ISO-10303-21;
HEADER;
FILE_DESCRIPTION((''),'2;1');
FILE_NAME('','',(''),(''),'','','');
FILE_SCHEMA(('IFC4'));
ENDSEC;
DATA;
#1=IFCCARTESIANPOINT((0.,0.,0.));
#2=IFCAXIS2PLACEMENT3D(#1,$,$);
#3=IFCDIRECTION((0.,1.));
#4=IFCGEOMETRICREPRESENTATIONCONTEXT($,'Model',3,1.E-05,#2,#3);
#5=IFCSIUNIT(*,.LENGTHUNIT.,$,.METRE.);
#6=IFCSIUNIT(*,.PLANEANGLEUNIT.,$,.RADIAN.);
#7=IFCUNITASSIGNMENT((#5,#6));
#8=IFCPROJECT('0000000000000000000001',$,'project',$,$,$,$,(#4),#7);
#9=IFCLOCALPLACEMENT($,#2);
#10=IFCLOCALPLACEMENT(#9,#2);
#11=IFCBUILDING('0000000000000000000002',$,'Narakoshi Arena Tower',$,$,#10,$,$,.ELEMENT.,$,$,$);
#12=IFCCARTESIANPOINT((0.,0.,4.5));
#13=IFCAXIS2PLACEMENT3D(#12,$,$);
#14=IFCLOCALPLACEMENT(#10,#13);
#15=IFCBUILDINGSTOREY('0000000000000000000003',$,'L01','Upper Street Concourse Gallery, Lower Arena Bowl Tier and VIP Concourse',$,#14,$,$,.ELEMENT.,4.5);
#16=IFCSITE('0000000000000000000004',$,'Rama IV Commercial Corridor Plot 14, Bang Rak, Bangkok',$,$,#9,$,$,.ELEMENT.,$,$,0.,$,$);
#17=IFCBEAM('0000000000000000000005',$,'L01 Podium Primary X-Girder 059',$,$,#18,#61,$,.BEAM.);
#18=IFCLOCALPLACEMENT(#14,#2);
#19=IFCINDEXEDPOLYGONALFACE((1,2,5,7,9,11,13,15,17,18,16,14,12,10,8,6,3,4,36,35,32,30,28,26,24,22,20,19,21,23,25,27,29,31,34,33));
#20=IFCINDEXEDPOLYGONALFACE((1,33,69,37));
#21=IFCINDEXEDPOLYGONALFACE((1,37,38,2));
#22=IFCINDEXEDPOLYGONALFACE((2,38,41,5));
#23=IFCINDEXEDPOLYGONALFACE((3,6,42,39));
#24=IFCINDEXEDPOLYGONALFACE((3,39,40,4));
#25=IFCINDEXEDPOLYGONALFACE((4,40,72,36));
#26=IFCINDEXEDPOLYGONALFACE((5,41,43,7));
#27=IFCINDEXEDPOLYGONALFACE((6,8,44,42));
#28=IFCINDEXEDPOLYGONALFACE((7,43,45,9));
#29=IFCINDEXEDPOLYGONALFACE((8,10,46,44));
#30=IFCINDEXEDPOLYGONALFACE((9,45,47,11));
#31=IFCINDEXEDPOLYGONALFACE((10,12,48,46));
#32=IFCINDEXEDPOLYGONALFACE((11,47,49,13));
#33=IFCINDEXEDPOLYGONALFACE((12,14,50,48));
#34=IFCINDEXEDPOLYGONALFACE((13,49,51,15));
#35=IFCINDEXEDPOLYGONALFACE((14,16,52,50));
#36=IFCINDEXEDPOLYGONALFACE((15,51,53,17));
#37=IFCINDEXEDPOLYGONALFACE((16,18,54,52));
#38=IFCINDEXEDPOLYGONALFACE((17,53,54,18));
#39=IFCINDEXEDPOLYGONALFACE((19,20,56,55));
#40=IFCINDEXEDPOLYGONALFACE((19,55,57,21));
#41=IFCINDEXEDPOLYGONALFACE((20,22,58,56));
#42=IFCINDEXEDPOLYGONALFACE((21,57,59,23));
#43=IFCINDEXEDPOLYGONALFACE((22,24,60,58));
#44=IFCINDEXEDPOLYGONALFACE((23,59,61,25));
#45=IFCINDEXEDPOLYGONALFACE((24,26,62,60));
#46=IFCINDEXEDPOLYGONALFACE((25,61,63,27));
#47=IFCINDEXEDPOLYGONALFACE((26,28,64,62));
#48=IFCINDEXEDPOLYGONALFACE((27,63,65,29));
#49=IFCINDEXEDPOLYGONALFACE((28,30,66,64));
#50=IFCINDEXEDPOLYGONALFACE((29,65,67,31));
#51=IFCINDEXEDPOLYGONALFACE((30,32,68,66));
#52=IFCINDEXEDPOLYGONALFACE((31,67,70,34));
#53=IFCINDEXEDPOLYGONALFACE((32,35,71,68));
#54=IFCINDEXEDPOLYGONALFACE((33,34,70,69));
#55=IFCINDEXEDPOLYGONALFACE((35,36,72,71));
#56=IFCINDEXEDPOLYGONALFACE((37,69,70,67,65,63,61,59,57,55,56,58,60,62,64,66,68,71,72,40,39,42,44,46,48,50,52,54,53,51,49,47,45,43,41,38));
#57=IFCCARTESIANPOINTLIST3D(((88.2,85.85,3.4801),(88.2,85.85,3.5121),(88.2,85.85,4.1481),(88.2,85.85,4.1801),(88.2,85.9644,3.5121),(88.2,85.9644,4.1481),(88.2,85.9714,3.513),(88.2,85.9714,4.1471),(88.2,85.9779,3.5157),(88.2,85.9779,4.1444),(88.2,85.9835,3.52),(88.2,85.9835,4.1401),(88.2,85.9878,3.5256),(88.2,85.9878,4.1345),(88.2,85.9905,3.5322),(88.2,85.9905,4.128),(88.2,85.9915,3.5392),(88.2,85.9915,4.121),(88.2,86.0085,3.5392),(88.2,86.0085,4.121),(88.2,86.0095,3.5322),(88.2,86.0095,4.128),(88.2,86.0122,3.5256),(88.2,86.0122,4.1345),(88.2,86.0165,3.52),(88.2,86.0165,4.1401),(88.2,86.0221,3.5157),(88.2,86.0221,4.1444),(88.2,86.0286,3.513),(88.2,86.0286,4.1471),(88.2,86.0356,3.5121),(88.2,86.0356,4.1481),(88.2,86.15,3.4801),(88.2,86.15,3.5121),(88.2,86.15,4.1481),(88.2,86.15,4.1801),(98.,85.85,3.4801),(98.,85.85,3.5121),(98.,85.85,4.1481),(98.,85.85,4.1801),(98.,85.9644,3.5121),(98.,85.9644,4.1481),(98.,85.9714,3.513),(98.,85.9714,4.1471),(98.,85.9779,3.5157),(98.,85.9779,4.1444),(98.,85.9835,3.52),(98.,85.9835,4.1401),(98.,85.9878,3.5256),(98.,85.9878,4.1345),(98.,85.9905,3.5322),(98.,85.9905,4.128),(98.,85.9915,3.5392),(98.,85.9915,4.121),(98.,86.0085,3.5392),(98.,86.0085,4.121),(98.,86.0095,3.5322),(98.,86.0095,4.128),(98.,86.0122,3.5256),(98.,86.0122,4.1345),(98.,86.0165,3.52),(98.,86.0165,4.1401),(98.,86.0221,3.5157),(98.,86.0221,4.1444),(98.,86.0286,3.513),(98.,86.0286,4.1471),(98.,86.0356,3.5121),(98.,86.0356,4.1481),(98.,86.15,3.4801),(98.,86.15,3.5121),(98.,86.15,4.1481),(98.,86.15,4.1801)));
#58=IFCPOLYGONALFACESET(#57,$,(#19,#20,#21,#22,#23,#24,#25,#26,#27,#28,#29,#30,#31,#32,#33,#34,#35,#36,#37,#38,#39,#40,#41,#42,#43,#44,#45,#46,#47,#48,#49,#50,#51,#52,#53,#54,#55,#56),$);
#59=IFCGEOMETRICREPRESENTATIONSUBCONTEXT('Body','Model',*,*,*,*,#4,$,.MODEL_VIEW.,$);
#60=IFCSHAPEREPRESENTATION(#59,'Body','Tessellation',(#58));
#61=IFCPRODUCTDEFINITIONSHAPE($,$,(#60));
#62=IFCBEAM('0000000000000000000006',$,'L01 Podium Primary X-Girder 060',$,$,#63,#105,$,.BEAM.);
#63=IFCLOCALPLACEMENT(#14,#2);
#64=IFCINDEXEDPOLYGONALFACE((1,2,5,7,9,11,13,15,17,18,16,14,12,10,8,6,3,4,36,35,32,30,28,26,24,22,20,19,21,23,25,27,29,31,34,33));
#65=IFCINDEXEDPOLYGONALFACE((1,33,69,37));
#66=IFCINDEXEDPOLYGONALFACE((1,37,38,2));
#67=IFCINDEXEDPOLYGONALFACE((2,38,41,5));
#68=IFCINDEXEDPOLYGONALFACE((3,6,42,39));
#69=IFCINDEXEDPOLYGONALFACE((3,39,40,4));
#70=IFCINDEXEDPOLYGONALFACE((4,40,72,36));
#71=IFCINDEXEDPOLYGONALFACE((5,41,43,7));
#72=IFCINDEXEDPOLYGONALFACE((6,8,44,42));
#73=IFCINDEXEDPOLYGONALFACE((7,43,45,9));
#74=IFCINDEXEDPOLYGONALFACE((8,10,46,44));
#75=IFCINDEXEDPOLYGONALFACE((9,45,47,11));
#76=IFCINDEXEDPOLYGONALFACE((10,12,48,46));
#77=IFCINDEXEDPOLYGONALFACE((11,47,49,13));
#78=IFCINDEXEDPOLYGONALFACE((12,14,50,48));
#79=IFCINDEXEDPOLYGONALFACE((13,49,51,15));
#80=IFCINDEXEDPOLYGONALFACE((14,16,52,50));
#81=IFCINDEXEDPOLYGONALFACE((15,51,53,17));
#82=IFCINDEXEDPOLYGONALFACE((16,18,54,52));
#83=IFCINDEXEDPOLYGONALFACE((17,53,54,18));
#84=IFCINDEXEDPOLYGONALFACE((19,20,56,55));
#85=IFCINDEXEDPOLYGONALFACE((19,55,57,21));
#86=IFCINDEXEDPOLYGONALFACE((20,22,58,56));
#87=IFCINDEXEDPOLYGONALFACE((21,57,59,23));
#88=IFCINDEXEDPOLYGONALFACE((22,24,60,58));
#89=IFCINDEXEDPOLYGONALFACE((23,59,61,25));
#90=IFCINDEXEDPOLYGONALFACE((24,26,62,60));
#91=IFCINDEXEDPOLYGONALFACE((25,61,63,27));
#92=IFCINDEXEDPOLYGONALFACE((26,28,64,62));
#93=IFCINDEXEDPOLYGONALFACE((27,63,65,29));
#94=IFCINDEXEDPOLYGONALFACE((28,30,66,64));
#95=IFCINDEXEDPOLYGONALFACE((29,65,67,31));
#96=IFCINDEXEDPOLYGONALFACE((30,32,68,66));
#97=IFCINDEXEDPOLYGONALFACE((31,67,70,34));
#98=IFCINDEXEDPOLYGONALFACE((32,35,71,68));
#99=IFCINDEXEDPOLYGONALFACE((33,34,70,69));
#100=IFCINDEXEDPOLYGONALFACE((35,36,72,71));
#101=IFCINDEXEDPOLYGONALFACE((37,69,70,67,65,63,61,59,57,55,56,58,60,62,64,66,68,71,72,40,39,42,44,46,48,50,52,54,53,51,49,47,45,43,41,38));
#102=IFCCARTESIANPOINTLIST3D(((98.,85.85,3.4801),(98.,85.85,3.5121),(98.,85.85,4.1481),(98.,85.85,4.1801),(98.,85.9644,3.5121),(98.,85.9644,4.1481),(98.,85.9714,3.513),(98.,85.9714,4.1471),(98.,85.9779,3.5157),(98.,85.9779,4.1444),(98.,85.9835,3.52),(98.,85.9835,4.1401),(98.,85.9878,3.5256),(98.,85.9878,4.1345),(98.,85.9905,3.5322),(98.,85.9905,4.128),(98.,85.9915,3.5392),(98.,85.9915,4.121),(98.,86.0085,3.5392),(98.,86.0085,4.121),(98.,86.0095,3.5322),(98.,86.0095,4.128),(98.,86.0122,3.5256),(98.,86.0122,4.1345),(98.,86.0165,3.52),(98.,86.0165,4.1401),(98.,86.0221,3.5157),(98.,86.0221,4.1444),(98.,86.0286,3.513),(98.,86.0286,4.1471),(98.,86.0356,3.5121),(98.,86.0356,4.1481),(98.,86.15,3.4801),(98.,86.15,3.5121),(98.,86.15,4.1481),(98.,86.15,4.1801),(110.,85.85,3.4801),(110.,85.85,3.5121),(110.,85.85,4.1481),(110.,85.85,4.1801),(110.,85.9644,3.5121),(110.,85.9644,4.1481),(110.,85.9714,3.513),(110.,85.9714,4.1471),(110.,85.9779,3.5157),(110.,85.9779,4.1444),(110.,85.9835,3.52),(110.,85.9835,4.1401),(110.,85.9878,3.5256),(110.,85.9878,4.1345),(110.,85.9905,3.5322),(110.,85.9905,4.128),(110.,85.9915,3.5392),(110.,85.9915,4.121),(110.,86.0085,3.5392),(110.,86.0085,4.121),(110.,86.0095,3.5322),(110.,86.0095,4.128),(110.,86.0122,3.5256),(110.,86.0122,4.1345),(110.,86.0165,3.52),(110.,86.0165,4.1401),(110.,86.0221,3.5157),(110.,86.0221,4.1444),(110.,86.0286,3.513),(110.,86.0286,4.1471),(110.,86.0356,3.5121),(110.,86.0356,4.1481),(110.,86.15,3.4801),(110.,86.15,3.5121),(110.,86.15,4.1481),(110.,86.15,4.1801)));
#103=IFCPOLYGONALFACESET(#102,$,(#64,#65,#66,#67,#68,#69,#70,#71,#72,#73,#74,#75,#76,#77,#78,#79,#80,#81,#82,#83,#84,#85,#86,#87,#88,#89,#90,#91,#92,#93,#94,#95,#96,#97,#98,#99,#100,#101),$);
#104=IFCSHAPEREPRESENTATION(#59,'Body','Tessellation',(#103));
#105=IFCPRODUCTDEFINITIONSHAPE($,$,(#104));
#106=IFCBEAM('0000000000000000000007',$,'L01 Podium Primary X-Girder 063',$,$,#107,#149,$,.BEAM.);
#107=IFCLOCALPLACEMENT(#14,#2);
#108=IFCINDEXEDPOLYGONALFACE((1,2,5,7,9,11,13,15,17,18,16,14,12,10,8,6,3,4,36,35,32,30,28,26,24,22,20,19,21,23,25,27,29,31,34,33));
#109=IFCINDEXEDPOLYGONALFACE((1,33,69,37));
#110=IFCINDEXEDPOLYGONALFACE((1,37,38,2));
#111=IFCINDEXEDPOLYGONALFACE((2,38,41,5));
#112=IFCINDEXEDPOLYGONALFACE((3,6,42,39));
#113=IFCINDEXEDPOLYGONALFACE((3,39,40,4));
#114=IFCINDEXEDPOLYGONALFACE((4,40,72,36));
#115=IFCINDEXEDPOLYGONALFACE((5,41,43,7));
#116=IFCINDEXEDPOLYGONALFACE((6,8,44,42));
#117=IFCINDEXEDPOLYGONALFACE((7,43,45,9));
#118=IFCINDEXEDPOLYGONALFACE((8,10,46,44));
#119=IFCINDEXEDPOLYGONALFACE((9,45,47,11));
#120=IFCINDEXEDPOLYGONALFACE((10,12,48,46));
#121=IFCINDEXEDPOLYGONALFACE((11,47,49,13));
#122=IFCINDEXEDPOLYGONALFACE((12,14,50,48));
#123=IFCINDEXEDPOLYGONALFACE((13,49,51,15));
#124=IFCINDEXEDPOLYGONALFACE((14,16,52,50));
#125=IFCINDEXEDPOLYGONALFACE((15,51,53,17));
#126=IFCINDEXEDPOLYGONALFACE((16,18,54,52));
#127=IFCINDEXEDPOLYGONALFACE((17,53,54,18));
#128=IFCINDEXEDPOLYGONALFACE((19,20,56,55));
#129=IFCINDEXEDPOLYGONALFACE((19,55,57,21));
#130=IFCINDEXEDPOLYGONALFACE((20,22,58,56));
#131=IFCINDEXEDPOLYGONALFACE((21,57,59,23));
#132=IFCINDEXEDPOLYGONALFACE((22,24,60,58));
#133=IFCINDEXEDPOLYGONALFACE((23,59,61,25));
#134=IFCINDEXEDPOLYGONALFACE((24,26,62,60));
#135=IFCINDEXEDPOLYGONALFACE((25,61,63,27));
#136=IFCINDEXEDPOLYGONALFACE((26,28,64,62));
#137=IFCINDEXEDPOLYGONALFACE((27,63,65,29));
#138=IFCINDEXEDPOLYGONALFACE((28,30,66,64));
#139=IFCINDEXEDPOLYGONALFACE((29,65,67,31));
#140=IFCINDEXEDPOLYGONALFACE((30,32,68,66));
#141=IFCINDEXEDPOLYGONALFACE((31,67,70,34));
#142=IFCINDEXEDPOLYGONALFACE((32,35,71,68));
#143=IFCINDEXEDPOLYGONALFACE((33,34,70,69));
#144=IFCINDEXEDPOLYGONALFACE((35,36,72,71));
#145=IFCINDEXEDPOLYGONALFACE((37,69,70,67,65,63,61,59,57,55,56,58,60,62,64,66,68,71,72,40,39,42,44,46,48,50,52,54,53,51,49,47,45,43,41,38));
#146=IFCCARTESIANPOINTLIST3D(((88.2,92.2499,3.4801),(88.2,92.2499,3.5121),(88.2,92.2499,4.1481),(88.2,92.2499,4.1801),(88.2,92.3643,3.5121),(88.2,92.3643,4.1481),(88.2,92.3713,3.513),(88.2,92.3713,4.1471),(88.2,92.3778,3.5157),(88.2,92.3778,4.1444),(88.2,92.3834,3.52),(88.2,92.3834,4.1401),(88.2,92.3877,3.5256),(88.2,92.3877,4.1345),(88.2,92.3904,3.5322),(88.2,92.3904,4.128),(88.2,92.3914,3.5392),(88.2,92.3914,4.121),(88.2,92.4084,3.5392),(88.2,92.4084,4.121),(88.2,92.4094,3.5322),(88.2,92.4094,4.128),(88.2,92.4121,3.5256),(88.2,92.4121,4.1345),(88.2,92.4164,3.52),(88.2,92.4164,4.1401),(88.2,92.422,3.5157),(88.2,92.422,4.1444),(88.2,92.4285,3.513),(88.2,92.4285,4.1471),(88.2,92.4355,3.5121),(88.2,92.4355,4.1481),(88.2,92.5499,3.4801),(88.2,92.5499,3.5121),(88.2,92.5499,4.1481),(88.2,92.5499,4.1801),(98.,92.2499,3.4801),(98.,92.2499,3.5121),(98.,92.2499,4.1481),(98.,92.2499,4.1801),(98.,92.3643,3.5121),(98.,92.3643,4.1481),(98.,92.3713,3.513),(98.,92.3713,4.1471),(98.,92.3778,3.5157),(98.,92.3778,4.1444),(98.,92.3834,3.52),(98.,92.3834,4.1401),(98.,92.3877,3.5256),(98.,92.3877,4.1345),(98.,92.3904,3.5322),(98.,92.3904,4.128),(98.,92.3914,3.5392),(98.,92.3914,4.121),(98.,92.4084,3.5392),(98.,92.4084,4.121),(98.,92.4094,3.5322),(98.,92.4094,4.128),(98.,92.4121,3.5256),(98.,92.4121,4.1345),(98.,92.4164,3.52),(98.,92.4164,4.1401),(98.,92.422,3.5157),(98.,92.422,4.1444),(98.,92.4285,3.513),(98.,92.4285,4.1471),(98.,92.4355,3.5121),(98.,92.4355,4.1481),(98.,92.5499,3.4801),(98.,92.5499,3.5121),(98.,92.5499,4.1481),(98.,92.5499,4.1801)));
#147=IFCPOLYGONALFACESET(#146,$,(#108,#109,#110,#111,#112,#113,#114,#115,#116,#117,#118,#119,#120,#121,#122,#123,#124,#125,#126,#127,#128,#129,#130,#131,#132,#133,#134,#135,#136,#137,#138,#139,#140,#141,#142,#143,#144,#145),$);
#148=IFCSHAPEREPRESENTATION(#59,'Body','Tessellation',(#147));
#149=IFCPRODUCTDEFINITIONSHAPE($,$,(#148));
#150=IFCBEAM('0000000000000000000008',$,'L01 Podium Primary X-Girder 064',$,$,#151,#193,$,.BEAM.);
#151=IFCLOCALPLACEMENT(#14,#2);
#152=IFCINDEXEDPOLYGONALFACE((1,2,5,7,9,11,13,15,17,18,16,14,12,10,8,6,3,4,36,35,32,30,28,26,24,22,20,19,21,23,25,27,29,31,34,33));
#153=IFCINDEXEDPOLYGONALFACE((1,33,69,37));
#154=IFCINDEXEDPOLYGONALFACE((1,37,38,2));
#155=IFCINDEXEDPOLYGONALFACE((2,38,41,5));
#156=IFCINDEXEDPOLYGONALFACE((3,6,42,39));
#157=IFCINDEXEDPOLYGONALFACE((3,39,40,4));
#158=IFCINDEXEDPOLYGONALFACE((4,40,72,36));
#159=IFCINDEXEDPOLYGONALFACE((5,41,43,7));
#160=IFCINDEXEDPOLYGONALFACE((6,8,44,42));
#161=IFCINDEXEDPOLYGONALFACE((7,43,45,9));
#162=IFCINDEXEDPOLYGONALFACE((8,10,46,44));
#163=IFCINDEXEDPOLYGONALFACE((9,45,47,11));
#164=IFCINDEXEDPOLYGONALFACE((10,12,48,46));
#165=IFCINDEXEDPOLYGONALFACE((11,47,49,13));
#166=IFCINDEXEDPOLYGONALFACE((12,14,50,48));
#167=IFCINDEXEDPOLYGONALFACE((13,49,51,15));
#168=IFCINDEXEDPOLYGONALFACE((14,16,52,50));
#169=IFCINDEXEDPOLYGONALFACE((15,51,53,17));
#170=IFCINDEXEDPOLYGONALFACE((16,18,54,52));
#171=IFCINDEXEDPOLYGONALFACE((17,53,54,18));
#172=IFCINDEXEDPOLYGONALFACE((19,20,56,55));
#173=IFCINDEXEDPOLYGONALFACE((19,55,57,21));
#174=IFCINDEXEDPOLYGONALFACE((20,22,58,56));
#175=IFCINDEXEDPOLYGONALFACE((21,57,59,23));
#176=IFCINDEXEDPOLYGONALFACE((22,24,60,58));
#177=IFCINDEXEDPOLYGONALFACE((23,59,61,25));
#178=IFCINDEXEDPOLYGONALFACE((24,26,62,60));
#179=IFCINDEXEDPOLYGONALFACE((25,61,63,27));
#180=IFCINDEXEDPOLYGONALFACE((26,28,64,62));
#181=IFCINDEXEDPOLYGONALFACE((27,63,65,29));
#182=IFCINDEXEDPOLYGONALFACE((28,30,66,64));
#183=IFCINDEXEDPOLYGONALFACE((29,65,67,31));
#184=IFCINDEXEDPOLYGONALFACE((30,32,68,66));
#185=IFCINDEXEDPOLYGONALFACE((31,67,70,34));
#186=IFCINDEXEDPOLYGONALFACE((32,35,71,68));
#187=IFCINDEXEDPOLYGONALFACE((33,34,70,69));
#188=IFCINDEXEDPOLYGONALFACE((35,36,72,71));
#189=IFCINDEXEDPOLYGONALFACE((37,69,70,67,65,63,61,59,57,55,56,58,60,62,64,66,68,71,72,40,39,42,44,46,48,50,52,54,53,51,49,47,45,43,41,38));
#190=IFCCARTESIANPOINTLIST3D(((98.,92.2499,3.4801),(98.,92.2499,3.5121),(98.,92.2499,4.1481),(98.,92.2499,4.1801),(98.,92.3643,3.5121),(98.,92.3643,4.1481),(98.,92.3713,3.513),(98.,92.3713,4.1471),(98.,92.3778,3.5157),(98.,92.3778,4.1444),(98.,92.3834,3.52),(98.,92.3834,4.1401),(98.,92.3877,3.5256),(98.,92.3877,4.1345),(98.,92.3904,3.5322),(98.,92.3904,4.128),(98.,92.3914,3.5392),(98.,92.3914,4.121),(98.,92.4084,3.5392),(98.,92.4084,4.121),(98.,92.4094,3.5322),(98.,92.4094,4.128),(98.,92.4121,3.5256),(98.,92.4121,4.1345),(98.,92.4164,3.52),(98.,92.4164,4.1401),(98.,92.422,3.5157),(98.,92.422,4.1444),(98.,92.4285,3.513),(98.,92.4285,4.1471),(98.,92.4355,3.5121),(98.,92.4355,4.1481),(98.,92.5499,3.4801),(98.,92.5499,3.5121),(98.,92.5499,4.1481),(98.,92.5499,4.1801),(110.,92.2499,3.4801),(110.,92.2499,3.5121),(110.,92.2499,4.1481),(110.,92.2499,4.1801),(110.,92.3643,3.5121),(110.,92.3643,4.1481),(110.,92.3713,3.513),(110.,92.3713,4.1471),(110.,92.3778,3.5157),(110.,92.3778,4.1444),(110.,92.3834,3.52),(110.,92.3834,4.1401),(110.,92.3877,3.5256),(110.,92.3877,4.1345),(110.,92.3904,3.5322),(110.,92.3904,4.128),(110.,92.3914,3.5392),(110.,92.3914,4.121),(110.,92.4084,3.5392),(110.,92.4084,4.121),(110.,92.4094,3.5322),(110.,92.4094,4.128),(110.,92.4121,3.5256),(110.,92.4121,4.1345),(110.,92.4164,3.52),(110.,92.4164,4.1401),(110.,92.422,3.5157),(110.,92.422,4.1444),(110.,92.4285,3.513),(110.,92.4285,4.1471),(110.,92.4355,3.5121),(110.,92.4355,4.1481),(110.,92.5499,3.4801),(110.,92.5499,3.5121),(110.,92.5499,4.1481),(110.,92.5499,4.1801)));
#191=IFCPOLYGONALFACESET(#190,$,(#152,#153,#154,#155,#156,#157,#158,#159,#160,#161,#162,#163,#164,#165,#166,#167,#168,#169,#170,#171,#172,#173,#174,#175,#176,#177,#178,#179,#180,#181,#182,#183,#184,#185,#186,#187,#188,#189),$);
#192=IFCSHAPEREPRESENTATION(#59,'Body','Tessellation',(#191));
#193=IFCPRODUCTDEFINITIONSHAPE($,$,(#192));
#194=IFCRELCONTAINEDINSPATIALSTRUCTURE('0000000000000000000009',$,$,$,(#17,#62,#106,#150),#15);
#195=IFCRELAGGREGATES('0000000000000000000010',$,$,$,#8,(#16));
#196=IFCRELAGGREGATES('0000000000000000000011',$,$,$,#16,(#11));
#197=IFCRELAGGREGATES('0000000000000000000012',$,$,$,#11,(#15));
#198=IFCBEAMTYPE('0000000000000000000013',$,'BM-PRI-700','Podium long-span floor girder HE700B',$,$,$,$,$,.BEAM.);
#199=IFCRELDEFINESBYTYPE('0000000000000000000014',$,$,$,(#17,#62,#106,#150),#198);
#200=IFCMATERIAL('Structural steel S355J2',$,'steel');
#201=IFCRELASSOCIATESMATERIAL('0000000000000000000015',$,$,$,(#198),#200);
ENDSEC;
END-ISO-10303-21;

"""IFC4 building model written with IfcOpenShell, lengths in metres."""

from ifc_helpers import new_model, si_unit, direction, frame, origin, origin_2d, place, context, subcontext, project, spatial, i_section, extrude, material, material_profile, profile_set, type_object, element, save


model = new_model("IFC4")

# Units and contexts
model_context = context("Model", 3, precision=1e-05, world=origin(), true_north=direction((0.0, 1.0)))
body_context = subcontext(model_context, "Body", "Model", "MODEL_VIEW")
ifc_project = project(units=[si_unit("LENGTHUNIT", "METRE"), si_unit("PLANEANGLEUNIT", "RADIAN")], contexts=[model_context])

# Site, building, storey
site_placement = place(None, origin())
site = spatial("IfcSite", under=ifc_project, at=site_placement, Name="Rama IV Commercial Corridor Plot 14, Bang Rak, Bangkok", CompositionType="ELEMENT", RefElevation=0.0)
building_placement = place(site_placement, origin())
building = spatial("IfcBuilding", under=site, at=building_placement, Name="Narakoshi Arena Tower", CompositionType="ELEMENT")
storey_placement = place(building_placement, frame((0.0, 0.0, 4.5)))
storey = spatial("IfcBuildingStorey", under=building, at=storey_placement, Name="L01", Description="Upper Street Concourse Gallery, Lower Arena Bowl Tier and VIP Concourse", CompositionType="ELEMENT", Elevation=4.5)

# Beams
ifc_material_1 = material(Name="Structural steel S355J2", Category="steel")
ifc_material_profile_1 = material_profile(ifc_material_1, i_section(OverallWidth=0.3, OverallDepth=0.7, WebThickness=0.0171, FlangeThickness=0.032, FilletRadius=0.0271, at=origin_2d()), Name="HE700B")
ifc_profile_set_1 = profile_set([ifc_material_profile_1], Name="Structural steel S355J2")
beam_type_1 = type_object("IfcBeamType", Name="BM-PRI-700", Description="Podium long-span floor girder HE700B", PredefinedType="BEAM", material=ifc_profile_set_1)
beam_1_placement = place(storey_placement, frame((88.2, 86.0, 3.8301), z_axis=(1.0, 0.0, 0.0), x_axis=(0.0, 1.0, 0.0)))
element("IfcBeam", 1, at=beam_1_placement, inside=storey, type_object=beam_type_1, Name="L01 Podium Primary X-Girder 059", PredefinedType="BEAM", context=body_context, shape_type="SweptSolid", body=[
    extrude(i_section(OverallWidth=0.3, OverallDepth=0.7, WebThickness=0.0171, FlangeThickness=0.032, FilletRadius=0.0271, at=origin_2d()), origin(), (0.0, 0.0, 1.0), 9.8),
])
beam_2_placement = place(storey_placement, frame((98.0, 86.0, 3.8301), z_axis=(1.0, 0.0, 0.0), x_axis=(0.0, 1.0, 0.0)))
element("IfcBeam", 2, at=beam_2_placement, inside=storey, type_object=beam_type_1, Name="L01 Podium Primary X-Girder 060", PredefinedType="BEAM", context=body_context, shape_type="SweptSolid", body=[
    extrude(i_section(OverallWidth=0.3, OverallDepth=0.7, WebThickness=0.0171, FlangeThickness=0.032, FilletRadius=0.0271, at=origin_2d()), origin(), (0.0, 0.0, 1.0), 12.0),
])
beam_3_placement = place(storey_placement, frame((88.2, 92.3999, 3.8301), z_axis=(1.0, 0.0, 0.0), x_axis=(0.0, 1.0, 0.0)))
element("IfcBeam", 3, at=beam_3_placement, inside=storey, type_object=beam_type_1, Name="L01 Podium Primary X-Girder 063", PredefinedType="BEAM", context=body_context, shape_type="SweptSolid", body=[
    extrude(i_section(OverallWidth=0.3, OverallDepth=0.7, WebThickness=0.0171, FlangeThickness=0.032, FilletRadius=0.0271, at=origin_2d()), origin(), (0.0, 0.0, 1.0), 9.8),
])
beam_4_placement = place(storey_placement, frame((98.0, 92.3999, 3.8301), z_axis=(1.0, 0.0, 0.0), x_axis=(0.0, 1.0, 0.0)))
element("IfcBeam", 4, at=beam_4_placement, inside=storey, type_object=beam_type_1, Name="L01 Podium Primary X-Girder 064", PredefinedType="BEAM", context=body_context, shape_type="SweptSolid", body=[
    extrude(i_section(OverallWidth=0.3, OverallDepth=0.7, WebThickness=0.0171, FlangeThickness=0.032, FilletRadius=0.0271, at=origin_2d()), origin(), (0.0, 0.0, 1.0), 12.0),
])

save(model, "model.ifc")
